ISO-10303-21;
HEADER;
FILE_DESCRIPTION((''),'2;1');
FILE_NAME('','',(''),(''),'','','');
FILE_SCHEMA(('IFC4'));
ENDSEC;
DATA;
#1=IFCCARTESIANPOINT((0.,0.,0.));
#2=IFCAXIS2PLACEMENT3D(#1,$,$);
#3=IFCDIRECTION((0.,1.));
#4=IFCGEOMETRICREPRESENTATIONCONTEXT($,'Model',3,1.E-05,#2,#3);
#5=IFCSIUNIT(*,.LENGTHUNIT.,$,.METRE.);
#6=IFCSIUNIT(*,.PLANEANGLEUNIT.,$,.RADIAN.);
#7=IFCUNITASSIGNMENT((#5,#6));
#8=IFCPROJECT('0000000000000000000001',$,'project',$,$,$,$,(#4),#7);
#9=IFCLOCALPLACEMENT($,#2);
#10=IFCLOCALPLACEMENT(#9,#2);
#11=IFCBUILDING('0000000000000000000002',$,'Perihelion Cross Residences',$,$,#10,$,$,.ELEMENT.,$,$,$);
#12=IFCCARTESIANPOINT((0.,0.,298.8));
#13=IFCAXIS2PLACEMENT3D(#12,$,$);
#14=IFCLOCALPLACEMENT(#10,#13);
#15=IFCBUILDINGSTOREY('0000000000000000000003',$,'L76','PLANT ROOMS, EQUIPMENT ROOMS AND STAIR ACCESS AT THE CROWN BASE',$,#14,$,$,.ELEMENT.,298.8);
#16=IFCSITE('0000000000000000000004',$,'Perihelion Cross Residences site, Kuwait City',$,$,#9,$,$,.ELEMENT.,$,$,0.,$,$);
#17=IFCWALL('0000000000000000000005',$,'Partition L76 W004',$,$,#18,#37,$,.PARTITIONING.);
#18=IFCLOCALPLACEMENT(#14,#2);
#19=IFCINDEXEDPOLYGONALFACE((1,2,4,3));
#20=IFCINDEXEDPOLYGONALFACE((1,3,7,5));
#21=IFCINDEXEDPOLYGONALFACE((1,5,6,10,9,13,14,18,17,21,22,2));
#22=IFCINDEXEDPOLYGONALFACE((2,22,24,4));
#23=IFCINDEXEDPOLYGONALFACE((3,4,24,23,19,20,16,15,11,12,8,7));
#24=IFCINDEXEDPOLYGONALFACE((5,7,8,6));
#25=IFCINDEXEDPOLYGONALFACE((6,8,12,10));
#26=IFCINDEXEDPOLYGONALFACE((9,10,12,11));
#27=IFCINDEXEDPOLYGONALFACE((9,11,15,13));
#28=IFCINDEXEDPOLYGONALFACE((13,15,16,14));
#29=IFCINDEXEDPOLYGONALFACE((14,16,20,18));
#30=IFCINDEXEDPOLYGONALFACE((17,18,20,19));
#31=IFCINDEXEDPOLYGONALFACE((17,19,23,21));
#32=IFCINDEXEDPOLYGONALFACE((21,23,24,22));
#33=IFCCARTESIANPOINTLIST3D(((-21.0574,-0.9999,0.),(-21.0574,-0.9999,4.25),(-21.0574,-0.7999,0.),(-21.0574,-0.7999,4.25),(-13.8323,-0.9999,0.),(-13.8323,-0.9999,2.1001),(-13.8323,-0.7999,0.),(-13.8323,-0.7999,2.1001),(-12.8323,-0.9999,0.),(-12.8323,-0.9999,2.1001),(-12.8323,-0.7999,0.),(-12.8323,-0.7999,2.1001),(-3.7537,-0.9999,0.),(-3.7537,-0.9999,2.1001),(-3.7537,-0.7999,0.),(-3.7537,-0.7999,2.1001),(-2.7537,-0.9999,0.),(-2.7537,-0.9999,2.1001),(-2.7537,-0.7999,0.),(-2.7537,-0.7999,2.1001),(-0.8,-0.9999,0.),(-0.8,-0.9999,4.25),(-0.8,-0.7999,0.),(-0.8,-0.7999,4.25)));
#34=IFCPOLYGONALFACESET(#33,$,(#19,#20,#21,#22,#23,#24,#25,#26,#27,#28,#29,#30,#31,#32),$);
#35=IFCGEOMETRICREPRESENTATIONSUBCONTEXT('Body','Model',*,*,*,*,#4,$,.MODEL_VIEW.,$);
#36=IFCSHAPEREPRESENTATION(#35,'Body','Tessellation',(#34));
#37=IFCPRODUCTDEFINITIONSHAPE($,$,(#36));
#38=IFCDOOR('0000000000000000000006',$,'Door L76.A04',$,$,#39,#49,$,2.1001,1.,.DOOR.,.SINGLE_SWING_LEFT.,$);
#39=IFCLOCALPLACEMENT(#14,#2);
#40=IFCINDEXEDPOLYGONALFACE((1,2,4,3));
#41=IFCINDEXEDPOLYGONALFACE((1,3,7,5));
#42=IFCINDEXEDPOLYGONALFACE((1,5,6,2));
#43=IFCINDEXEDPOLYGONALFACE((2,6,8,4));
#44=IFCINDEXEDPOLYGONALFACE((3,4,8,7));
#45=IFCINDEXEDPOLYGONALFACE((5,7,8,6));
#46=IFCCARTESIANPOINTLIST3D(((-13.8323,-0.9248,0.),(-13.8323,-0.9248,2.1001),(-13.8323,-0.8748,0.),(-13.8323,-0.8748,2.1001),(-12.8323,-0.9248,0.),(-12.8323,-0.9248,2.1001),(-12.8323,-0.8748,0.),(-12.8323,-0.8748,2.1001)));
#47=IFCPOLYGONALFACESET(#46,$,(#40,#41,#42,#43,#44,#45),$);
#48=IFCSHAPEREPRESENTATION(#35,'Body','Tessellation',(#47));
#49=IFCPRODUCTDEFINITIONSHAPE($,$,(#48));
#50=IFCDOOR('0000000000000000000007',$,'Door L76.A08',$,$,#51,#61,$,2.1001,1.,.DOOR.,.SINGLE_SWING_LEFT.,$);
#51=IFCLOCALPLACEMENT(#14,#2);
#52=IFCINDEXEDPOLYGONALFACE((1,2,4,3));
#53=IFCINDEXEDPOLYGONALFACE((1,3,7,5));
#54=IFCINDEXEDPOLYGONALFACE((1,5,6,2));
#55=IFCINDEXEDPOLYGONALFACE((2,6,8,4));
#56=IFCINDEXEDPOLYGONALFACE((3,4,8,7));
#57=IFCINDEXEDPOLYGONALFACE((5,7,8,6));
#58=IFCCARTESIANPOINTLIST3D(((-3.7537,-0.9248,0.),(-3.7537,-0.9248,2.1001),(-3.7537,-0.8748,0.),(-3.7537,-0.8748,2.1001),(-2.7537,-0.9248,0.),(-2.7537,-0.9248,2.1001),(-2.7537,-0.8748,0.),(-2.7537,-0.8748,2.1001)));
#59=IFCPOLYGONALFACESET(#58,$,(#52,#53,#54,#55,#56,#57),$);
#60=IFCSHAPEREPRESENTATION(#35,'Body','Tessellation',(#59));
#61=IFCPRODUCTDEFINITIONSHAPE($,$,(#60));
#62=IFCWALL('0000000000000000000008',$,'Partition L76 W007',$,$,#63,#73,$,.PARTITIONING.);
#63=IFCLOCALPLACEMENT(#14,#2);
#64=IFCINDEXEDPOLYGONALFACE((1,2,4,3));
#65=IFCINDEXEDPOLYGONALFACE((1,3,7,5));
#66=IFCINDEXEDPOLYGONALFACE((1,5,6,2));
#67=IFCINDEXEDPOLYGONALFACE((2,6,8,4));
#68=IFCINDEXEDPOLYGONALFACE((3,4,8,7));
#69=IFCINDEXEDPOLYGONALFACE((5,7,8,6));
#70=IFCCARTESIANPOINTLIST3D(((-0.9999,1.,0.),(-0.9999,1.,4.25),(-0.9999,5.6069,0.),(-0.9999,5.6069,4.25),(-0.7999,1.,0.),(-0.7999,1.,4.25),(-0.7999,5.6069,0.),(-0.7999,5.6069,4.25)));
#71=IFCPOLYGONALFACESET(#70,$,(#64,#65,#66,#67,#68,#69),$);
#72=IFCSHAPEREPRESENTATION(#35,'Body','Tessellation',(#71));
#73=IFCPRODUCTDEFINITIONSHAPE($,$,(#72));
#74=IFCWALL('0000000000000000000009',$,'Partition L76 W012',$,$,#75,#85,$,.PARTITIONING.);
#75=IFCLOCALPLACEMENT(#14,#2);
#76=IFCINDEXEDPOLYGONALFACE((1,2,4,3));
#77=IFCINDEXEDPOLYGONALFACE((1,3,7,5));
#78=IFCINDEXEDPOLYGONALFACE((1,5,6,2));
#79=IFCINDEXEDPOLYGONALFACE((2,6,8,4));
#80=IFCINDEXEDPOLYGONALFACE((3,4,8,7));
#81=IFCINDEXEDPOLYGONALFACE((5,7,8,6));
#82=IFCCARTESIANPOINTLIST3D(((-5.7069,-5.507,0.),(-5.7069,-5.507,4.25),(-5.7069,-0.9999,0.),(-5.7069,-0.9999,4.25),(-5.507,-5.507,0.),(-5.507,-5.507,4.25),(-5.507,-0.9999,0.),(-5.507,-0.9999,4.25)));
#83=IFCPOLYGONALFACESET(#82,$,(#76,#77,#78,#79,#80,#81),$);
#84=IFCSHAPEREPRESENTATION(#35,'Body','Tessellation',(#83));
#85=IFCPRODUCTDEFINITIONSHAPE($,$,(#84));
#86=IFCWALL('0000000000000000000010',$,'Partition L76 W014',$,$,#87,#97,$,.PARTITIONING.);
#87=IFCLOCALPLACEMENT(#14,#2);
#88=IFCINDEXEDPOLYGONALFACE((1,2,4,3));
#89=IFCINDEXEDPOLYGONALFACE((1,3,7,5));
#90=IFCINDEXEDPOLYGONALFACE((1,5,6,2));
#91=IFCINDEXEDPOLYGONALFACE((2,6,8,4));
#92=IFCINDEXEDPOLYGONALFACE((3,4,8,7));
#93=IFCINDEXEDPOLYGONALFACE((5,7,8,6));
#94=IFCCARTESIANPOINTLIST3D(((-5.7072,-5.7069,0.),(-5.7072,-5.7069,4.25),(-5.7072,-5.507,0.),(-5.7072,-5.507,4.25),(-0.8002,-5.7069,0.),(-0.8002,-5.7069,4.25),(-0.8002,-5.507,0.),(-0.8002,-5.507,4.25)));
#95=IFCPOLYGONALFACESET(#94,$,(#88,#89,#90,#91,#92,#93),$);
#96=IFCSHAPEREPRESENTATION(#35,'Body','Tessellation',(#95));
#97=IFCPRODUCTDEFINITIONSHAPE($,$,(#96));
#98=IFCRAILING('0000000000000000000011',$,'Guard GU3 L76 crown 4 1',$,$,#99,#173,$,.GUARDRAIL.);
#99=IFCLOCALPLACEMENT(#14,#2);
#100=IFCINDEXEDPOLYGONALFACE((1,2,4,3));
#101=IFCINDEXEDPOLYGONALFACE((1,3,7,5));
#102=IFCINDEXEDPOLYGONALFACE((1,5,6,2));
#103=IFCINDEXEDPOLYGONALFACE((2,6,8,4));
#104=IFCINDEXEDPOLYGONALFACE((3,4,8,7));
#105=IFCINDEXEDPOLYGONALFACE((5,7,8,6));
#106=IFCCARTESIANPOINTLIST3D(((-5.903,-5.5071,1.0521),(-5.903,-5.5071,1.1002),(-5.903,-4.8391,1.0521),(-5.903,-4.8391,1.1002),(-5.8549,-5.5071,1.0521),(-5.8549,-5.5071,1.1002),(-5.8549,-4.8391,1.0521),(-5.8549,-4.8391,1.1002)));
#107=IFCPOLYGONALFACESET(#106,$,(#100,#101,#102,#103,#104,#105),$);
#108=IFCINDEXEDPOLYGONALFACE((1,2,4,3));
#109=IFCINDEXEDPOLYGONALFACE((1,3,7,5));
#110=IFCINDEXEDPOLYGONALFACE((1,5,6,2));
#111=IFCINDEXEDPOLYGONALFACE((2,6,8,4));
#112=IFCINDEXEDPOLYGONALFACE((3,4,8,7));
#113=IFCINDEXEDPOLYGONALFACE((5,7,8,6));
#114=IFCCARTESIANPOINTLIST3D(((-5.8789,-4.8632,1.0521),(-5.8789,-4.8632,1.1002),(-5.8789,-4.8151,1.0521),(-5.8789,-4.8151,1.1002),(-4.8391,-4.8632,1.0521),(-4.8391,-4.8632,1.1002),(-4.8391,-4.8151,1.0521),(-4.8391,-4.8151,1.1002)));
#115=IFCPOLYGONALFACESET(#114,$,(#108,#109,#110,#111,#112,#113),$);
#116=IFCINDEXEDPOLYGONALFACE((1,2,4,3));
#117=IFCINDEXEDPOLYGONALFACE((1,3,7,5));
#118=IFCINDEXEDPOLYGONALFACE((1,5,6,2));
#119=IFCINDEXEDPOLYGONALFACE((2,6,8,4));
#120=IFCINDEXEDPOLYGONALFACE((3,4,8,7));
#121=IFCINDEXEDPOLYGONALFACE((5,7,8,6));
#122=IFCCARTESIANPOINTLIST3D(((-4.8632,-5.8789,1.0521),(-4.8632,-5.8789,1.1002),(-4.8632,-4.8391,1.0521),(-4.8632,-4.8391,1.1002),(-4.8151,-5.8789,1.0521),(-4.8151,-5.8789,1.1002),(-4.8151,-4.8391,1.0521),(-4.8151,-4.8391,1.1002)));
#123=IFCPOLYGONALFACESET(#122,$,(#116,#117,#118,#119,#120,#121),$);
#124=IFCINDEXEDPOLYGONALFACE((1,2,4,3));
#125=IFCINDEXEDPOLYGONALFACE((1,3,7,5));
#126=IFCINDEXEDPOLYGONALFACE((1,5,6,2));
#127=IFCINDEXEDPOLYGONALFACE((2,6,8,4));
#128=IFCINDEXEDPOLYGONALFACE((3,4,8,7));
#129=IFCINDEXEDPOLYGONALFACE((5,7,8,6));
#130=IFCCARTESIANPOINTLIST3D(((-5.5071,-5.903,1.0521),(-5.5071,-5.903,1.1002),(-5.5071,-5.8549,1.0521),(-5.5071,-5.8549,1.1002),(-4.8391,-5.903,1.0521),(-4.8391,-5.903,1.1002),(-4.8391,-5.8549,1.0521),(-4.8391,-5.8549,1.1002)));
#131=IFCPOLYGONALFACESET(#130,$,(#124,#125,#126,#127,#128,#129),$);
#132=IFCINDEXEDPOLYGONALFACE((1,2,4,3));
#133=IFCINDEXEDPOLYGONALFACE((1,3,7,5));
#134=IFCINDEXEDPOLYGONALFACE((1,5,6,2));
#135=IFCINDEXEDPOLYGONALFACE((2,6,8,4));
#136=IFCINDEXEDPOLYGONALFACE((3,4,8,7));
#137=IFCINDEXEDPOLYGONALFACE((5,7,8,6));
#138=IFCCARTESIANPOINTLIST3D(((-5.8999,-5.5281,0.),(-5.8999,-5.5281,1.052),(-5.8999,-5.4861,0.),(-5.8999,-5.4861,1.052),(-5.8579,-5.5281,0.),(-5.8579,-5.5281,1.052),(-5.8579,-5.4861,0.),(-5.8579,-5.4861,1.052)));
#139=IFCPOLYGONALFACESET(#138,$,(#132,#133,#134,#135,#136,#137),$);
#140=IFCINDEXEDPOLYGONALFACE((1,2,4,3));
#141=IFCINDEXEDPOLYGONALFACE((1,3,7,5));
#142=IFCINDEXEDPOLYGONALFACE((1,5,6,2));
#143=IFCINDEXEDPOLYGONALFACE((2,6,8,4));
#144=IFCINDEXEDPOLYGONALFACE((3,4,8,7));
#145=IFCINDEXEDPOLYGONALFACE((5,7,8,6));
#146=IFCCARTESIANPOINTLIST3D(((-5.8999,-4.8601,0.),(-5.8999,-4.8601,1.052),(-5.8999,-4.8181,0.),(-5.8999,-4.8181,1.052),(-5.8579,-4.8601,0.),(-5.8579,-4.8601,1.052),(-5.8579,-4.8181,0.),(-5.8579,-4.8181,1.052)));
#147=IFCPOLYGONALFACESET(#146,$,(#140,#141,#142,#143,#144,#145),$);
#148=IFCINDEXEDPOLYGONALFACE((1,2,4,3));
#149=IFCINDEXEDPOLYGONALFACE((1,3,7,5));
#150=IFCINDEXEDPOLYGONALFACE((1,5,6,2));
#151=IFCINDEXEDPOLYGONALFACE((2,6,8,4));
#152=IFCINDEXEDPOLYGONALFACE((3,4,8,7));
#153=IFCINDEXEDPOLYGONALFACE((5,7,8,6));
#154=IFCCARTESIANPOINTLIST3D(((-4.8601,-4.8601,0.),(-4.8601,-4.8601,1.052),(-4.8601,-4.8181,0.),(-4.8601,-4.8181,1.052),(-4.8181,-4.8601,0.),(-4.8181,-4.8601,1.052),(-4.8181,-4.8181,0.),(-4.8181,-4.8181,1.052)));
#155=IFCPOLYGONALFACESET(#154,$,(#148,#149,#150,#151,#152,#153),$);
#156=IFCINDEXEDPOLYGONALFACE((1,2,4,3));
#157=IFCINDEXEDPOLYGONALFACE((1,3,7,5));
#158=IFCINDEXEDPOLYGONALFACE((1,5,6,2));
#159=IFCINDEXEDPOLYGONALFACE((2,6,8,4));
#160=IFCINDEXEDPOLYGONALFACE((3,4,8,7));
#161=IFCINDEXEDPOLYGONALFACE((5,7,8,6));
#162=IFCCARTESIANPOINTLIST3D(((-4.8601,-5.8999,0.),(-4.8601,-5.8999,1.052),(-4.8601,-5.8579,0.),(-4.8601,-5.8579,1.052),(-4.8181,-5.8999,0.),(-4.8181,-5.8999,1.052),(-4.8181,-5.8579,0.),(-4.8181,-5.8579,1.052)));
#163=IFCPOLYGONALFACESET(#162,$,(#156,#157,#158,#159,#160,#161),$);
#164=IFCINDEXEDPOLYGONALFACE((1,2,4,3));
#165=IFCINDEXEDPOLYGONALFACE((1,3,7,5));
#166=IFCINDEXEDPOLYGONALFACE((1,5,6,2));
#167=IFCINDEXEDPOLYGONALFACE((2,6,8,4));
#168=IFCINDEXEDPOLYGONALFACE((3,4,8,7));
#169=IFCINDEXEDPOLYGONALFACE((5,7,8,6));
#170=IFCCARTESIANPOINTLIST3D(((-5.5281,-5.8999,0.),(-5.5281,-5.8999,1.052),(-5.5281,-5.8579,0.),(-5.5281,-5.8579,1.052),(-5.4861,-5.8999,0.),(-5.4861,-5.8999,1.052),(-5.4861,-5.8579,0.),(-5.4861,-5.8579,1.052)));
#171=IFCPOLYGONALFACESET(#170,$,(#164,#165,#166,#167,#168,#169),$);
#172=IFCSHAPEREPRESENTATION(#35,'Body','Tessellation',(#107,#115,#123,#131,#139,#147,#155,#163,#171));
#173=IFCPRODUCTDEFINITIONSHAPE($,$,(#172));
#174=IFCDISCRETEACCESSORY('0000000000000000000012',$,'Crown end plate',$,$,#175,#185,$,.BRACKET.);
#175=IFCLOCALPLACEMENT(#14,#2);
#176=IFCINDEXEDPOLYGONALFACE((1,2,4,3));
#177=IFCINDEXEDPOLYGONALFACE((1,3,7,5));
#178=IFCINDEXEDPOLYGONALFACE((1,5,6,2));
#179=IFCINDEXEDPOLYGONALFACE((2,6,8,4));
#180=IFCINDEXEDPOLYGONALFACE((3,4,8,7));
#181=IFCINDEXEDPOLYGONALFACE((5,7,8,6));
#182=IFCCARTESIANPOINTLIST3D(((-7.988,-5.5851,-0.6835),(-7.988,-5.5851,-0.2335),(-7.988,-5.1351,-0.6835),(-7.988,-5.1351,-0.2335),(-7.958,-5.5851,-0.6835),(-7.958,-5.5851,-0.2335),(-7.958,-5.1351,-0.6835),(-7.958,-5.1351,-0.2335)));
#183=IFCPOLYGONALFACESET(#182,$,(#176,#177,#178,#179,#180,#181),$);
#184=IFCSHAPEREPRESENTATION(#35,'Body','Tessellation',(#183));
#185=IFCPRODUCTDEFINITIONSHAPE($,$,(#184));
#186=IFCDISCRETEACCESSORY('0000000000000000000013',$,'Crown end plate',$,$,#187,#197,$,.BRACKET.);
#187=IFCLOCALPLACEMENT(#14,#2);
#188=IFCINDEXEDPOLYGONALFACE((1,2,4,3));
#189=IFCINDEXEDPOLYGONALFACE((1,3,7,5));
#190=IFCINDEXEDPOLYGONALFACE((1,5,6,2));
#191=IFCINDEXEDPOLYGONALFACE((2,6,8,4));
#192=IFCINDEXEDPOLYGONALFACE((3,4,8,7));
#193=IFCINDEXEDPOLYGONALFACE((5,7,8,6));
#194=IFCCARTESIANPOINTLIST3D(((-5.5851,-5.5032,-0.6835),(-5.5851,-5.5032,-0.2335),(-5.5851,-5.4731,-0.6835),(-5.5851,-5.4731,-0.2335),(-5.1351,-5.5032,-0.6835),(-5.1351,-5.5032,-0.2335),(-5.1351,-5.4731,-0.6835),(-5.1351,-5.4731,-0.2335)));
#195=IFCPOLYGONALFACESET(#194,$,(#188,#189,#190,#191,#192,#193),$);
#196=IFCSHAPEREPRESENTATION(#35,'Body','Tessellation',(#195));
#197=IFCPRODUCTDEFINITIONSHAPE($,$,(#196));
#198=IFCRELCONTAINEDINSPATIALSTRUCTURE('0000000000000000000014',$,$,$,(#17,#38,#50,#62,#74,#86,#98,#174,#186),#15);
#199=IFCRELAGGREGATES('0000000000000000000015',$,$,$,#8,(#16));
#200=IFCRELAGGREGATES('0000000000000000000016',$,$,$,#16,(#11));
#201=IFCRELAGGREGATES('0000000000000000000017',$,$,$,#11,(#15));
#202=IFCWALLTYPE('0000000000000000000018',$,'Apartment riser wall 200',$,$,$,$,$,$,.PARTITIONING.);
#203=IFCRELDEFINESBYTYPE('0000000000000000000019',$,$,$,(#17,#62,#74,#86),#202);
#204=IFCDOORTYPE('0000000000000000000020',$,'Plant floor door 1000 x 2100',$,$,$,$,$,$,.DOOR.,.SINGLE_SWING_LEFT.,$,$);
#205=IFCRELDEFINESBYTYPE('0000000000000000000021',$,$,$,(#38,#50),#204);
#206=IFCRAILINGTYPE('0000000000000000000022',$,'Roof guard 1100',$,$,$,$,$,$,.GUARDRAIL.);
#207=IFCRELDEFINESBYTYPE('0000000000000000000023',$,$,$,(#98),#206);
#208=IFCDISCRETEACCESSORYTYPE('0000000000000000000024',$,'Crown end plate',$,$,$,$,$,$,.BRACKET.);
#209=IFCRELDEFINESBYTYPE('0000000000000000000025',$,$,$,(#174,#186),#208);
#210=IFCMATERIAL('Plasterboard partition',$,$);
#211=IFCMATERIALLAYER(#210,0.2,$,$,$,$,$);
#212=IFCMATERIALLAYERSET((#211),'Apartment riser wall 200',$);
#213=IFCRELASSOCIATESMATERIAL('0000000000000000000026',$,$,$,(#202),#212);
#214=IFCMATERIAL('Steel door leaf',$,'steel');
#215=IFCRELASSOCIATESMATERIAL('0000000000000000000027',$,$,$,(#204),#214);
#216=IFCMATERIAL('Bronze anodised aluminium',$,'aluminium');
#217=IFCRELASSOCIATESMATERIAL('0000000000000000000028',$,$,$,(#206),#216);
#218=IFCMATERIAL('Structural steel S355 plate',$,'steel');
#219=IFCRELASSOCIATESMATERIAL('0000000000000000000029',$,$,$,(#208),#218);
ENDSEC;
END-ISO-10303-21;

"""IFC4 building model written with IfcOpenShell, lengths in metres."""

from ifc_helpers import new_model, si_unit, direction, frame, frame_2d, origin, origin_2d, place, context, subcontext, project, spatial, rectangle, extrude, material, layer, layer_set, material_profile, profile_set, type_object, element, fill, save


model = new_model("IFC4")

# Units and contexts
model_context = context("Model", 3, precision=1e-05, world=origin(), true_north=direction((0.0, 1.0)))
body_context = subcontext(model_context, "Body", "Model", "MODEL_VIEW")
ifc_project = project(units=[si_unit("LENGTHUNIT", "METRE"), si_unit("PLANEANGLEUNIT", "RADIAN")], contexts=[model_context])

# Site, building, storey
site_placement = place(None, origin())
site = spatial("IfcSite", under=ifc_project, at=site_placement, Name="Perihelion Cross Residences site, Kuwait City", CompositionType="ELEMENT", RefElevation=0.0)
building_placement = place(site_placement, origin())
building = spatial("IfcBuilding", under=site, at=building_placement, Name="Perihelion Cross Residences", CompositionType="ELEMENT")
storey_placement = place(building_placement, frame((0.0, 0.0, 298.8)))
storey = spatial("IfcBuildingStorey", under=building, at=storey_placement, Name="L76", Description="PLANT ROOMS, EQUIPMENT ROOMS AND STAIR ACCESS AT THE CROWN BASE", CompositionType="ELEMENT", Elevation=298.8)

# Wall, openings, doors
ifc_material_1 = material(Name="Plasterboard partition")
ifc_layer_1 = layer(ifc_material_1, 0.2)
ifc_layer_set_1 = layer_set([ifc_layer_1], Name="Apartment riser wall 200")
wall_type = type_object("IfcWallType", Name="Apartment riser wall 200", PredefinedType="PARTITIONING", material=ifc_layer_set_1)
wall_1_placement = place(storey_placement, frame((-0.8, -0.8999, 0.0), z_axis=(0.0, 0.0, 1.0), x_axis=(-1.0, 0.0, 0.0)))
wall_1 = element("IfcWall", 1, at=wall_1_placement, inside=storey, type_object=wall_type, Name="Partition L76 W004", PredefinedType="PARTITIONING", context=body_context, shape_type="SweptSolid", body=[
    extrude(rectangle(XDim=20.2573, YDim=0.2, at=frame_2d((10.1287, 0.0))), origin(), (0.0, 0.0, 1.0), 4.25),
])
opening_1_placement = place(wall_1_placement, frame((12.0322, 0.0, 0.0)))
opening_1 = element("IfcOpeningElement", 2, at=opening_1_placement, cuts=wall_1, PredefinedType="OPENING", context=body_context, shape_type="SweptSolid", body=[
    extrude(rectangle(XDim=1.0, YDim=2.1001, at=frame_2d((0.5, 1.05))), frame((0.0, 0.1099, 0.0), z_axis=(0.0, -1.0, 0.0), x_axis=(1.0, 0.0, 0.0)), (0.0, 0.0, 1.0), 0.22),
])
opening_2_placement = place(wall_1_placement, frame((1.9536, 0.0, 0.0)))
opening_2 = element("IfcOpeningElement", 3, at=opening_2_placement, cuts=wall_1, PredefinedType="OPENING", context=body_context, shape_type="SweptSolid", body=[
    extrude(rectangle(XDim=1.0, YDim=2.1001, at=frame_2d((0.5, 1.05))), frame((0.0, 0.1099, 0.0), z_axis=(0.0, -1.0, 0.0), x_axis=(1.0, 0.0, 0.0)), (0.0, 0.0, 1.0), 0.22),
])
ifc_material_2 = material(Name="Steel door leaf", Category="steel")
door_type = type_object("IfcDoorType", Name="Plant floor door 1000 x 2100", OperationType="SINGLE_SWING_LEFT", PredefinedType="DOOR", material=ifc_material_2)
door_1_placement = place(opening_1_placement, origin())
door_1 = element("IfcDoor", 4, at=door_1_placement, inside=storey, type_object=door_type, Name="Door L76.A04", OperationType="SINGLE_SWING_LEFT", OverallHeight=2.1001, OverallWidth=1.0, PredefinedType="DOOR", context=body_context, shape_type="SweptSolid", body=[
    extrude(rectangle(XDim=1.0, YDim=2.1001, at=frame_2d((0.5, 1.05))), frame((0.0, 0.0249, 0.0), z_axis=(0.0, -1.0, 0.0), x_axis=(1.0, 0.0, 0.0)), (0.0, 0.0, 1.0), 0.05),
])
fill(opening_1, door_1)
door_2_placement = place(opening_2_placement, origin())
door_2 = element("IfcDoor", 5, at=door_2_placement, inside=storey, type_object=door_type, Name="Door L76.A08", OperationType="SINGLE_SWING_LEFT", OverallHeight=2.1001, OverallWidth=1.0, PredefinedType="DOOR", context=body_context, shape_type="SweptSolid", body=[
    extrude(rectangle(XDim=1.0, YDim=2.1001, at=frame_2d((0.5, 1.05))), frame((0.0, 0.0249, 0.0), z_axis=(0.0, -1.0, 0.0), x_axis=(1.0, 0.0, 0.0)), (0.0, 0.0, 1.0), 0.05),
])
fill(opening_2, door_2)

# Walls
wall_2_placement = place(storey_placement, frame((-0.8999, 1.0, 0.0), z_axis=(0.0, 0.0, 1.0), x_axis=(0.0, 1.0, 0.0)))
element("IfcWall", 6, at=wall_2_placement, inside=storey, type_object=wall_type, Name="Partition L76 W007", PredefinedType="PARTITIONING", context=body_context, shape_type="SweptSolid", body=[
    extrude(rectangle(XDim=4.6069, YDim=0.2, at=frame_2d((2.3035, 0.0))), origin(), (0.0, 0.0, 1.0), 4.25),
])
wall_3_placement = place(storey_placement, frame((-5.6069, -1.0, 0.0), z_axis=(0.0, 0.0, 1.0), x_axis=(0.0, -1.0, 0.0)))
element("IfcWall", 7, at=wall_3_placement, inside=storey, type_object=wall_type, Name="Partition L76 W012", PredefinedType="PARTITIONING", context=body_context, shape_type="SweptSolid", body=[
    extrude(rectangle(XDim=4.5071, YDim=0.2, at=frame_2d((2.2534, 0.0))), origin(), (0.0, 0.0, 1.0), 4.25),
])
wall_4_placement = place(storey_placement, frame((-0.8, -5.6069, 0.0), z_axis=(0.0, 0.0, 1.0), x_axis=(-1.0, 0.0, 0.0)))
element("IfcWall", 8, at=wall_4_placement, inside=storey, type_object=wall_type, Name="Partition L76 W014", PredefinedType="PARTITIONING", context=body_context, shape_type="SweptSolid", body=[
    extrude(rectangle(XDim=4.907, YDim=0.2, at=frame_2d((2.4536, 0.0))), origin(), (0.0, 0.0, 1.0), 4.25),
])

# Railing
ifc_material_3 = material(Name="Bronze anodised aluminium", Category="aluminium")
railing_type = type_object("IfcRailingType", Name="Roof guard 1100", PredefinedType="GUARDRAIL", material=ifc_material_3)
railing_placement = place(storey_placement, frame((-5.8789, -5.5071, 0.0)))
element("IfcRailing", 9, at=railing_placement, inside=storey, type_object=railing_type, Name="Guard GU3 L76 crown 4 1", PredefinedType="GUARDRAIL", context=body_context, shape_type="SweptSolid", body=[
    extrude(rectangle(XDim=0.0481, YDim=0.0481, at=origin_2d()), frame((0.0, 0.0, 1.0762), z_axis=(0.0, 1.0, 0.0), x_axis=(-1.0, 0.0, 0.0)), (0.0, 0.0, 1.0), 0.668),
    extrude(rectangle(XDim=0.0481, YDim=0.0481, at=origin_2d()), frame((0.0, 0.668, 1.0762), z_axis=(1.0, 0.0, 0.0), x_axis=(0.0, 1.0, 0.0)), (0.0, 0.0, 1.0), 1.0398),
    extrude(rectangle(XDim=0.0481, YDim=0.0481, at=origin_2d()), frame((1.0398, 0.668, 1.0762), z_axis=(0.0, -1.0, 0.0), x_axis=(1.0, 0.0, 0.0)), (0.0, 0.0, 1.0), 1.0398),
    extrude(rectangle(XDim=0.0481, YDim=0.0481, at=origin_2d()), frame((1.0398, -0.3718, 1.0762), z_axis=(-1.0, 0.0, 0.0), x_axis=(0.0, -1.0, 0.0)), (0.0, 0.0, 1.0), 0.668),
    extrude(rectangle(XDim=0.042, YDim=0.042, at=origin_2d()), origin(), (0.0, 0.0, 1.0), 1.052),
    extrude(rectangle(XDim=0.042, YDim=0.042, at=origin_2d()), frame((0.0, 0.668, 0.0)), (0.0, 0.0, 1.0), 1.052),
    extrude(rectangle(XDim=0.042, YDim=0.042, at=origin_2d()), frame((1.0398, 0.668, 0.0)), (0.0, 0.0, 1.0), 1.052),
    extrude(rectangle(XDim=0.042, YDim=0.042, at=origin_2d()), frame((1.0398, -0.3718, 0.0)), (0.0, 0.0, 1.0), 1.052),
    extrude(rectangle(XDim=0.042, YDim=0.042, at=origin_2d()), frame((0.3718, -0.3718, 0.0)), (0.0, 0.0, 1.0), 1.052),
])

# Discrete accessories
ifc_material_4 = material(Name="Structural steel S355 plate", Category="steel")
ifc_material_profile_1 = material_profile(ifc_material_4, rectangle(XDim=0.45, YDim=0.45, at=origin_2d()), Name="Crown end plate")
ifc_profile_set_1 = profile_set([ifc_material_profile_1], Name="Structural steel S355 plate")
discrete_accessory_type_1 = type_object("IfcDiscreteAccessoryType", Name="Crown end plate", PredefinedType="BRACKET", material=ifc_profile_set_1)
for number, where, z_axis, x_axis, name in (
    (10, (-7.988, -5.3601, -0.4585), (1.0, 0.0, 0.0), (0.0, 1.0, 0.0), "Crown end plate"),
    (11, (-5.3601, -5.4731, -0.4585), (0.0, -1.0, 0.0), (1.0, 0.0, 0.0), "Crown end plate"),
):
    element("IfcDiscreteAccessory", number, at=place(storey_placement, frame(where, z_axis=z_axis, x_axis=x_axis)), inside=storey, type_object=discrete_accessory_type_1, Name=name, PredefinedType="BRACKET", context=body_context, shape_type="SweptSolid", body=[
        extrude(rectangle(XDim=0.45, YDim=0.45, at=origin_2d()), origin(), (0.0, 0.0, 1.0), 0.03),
    ])

save(model, "model.ifc")
